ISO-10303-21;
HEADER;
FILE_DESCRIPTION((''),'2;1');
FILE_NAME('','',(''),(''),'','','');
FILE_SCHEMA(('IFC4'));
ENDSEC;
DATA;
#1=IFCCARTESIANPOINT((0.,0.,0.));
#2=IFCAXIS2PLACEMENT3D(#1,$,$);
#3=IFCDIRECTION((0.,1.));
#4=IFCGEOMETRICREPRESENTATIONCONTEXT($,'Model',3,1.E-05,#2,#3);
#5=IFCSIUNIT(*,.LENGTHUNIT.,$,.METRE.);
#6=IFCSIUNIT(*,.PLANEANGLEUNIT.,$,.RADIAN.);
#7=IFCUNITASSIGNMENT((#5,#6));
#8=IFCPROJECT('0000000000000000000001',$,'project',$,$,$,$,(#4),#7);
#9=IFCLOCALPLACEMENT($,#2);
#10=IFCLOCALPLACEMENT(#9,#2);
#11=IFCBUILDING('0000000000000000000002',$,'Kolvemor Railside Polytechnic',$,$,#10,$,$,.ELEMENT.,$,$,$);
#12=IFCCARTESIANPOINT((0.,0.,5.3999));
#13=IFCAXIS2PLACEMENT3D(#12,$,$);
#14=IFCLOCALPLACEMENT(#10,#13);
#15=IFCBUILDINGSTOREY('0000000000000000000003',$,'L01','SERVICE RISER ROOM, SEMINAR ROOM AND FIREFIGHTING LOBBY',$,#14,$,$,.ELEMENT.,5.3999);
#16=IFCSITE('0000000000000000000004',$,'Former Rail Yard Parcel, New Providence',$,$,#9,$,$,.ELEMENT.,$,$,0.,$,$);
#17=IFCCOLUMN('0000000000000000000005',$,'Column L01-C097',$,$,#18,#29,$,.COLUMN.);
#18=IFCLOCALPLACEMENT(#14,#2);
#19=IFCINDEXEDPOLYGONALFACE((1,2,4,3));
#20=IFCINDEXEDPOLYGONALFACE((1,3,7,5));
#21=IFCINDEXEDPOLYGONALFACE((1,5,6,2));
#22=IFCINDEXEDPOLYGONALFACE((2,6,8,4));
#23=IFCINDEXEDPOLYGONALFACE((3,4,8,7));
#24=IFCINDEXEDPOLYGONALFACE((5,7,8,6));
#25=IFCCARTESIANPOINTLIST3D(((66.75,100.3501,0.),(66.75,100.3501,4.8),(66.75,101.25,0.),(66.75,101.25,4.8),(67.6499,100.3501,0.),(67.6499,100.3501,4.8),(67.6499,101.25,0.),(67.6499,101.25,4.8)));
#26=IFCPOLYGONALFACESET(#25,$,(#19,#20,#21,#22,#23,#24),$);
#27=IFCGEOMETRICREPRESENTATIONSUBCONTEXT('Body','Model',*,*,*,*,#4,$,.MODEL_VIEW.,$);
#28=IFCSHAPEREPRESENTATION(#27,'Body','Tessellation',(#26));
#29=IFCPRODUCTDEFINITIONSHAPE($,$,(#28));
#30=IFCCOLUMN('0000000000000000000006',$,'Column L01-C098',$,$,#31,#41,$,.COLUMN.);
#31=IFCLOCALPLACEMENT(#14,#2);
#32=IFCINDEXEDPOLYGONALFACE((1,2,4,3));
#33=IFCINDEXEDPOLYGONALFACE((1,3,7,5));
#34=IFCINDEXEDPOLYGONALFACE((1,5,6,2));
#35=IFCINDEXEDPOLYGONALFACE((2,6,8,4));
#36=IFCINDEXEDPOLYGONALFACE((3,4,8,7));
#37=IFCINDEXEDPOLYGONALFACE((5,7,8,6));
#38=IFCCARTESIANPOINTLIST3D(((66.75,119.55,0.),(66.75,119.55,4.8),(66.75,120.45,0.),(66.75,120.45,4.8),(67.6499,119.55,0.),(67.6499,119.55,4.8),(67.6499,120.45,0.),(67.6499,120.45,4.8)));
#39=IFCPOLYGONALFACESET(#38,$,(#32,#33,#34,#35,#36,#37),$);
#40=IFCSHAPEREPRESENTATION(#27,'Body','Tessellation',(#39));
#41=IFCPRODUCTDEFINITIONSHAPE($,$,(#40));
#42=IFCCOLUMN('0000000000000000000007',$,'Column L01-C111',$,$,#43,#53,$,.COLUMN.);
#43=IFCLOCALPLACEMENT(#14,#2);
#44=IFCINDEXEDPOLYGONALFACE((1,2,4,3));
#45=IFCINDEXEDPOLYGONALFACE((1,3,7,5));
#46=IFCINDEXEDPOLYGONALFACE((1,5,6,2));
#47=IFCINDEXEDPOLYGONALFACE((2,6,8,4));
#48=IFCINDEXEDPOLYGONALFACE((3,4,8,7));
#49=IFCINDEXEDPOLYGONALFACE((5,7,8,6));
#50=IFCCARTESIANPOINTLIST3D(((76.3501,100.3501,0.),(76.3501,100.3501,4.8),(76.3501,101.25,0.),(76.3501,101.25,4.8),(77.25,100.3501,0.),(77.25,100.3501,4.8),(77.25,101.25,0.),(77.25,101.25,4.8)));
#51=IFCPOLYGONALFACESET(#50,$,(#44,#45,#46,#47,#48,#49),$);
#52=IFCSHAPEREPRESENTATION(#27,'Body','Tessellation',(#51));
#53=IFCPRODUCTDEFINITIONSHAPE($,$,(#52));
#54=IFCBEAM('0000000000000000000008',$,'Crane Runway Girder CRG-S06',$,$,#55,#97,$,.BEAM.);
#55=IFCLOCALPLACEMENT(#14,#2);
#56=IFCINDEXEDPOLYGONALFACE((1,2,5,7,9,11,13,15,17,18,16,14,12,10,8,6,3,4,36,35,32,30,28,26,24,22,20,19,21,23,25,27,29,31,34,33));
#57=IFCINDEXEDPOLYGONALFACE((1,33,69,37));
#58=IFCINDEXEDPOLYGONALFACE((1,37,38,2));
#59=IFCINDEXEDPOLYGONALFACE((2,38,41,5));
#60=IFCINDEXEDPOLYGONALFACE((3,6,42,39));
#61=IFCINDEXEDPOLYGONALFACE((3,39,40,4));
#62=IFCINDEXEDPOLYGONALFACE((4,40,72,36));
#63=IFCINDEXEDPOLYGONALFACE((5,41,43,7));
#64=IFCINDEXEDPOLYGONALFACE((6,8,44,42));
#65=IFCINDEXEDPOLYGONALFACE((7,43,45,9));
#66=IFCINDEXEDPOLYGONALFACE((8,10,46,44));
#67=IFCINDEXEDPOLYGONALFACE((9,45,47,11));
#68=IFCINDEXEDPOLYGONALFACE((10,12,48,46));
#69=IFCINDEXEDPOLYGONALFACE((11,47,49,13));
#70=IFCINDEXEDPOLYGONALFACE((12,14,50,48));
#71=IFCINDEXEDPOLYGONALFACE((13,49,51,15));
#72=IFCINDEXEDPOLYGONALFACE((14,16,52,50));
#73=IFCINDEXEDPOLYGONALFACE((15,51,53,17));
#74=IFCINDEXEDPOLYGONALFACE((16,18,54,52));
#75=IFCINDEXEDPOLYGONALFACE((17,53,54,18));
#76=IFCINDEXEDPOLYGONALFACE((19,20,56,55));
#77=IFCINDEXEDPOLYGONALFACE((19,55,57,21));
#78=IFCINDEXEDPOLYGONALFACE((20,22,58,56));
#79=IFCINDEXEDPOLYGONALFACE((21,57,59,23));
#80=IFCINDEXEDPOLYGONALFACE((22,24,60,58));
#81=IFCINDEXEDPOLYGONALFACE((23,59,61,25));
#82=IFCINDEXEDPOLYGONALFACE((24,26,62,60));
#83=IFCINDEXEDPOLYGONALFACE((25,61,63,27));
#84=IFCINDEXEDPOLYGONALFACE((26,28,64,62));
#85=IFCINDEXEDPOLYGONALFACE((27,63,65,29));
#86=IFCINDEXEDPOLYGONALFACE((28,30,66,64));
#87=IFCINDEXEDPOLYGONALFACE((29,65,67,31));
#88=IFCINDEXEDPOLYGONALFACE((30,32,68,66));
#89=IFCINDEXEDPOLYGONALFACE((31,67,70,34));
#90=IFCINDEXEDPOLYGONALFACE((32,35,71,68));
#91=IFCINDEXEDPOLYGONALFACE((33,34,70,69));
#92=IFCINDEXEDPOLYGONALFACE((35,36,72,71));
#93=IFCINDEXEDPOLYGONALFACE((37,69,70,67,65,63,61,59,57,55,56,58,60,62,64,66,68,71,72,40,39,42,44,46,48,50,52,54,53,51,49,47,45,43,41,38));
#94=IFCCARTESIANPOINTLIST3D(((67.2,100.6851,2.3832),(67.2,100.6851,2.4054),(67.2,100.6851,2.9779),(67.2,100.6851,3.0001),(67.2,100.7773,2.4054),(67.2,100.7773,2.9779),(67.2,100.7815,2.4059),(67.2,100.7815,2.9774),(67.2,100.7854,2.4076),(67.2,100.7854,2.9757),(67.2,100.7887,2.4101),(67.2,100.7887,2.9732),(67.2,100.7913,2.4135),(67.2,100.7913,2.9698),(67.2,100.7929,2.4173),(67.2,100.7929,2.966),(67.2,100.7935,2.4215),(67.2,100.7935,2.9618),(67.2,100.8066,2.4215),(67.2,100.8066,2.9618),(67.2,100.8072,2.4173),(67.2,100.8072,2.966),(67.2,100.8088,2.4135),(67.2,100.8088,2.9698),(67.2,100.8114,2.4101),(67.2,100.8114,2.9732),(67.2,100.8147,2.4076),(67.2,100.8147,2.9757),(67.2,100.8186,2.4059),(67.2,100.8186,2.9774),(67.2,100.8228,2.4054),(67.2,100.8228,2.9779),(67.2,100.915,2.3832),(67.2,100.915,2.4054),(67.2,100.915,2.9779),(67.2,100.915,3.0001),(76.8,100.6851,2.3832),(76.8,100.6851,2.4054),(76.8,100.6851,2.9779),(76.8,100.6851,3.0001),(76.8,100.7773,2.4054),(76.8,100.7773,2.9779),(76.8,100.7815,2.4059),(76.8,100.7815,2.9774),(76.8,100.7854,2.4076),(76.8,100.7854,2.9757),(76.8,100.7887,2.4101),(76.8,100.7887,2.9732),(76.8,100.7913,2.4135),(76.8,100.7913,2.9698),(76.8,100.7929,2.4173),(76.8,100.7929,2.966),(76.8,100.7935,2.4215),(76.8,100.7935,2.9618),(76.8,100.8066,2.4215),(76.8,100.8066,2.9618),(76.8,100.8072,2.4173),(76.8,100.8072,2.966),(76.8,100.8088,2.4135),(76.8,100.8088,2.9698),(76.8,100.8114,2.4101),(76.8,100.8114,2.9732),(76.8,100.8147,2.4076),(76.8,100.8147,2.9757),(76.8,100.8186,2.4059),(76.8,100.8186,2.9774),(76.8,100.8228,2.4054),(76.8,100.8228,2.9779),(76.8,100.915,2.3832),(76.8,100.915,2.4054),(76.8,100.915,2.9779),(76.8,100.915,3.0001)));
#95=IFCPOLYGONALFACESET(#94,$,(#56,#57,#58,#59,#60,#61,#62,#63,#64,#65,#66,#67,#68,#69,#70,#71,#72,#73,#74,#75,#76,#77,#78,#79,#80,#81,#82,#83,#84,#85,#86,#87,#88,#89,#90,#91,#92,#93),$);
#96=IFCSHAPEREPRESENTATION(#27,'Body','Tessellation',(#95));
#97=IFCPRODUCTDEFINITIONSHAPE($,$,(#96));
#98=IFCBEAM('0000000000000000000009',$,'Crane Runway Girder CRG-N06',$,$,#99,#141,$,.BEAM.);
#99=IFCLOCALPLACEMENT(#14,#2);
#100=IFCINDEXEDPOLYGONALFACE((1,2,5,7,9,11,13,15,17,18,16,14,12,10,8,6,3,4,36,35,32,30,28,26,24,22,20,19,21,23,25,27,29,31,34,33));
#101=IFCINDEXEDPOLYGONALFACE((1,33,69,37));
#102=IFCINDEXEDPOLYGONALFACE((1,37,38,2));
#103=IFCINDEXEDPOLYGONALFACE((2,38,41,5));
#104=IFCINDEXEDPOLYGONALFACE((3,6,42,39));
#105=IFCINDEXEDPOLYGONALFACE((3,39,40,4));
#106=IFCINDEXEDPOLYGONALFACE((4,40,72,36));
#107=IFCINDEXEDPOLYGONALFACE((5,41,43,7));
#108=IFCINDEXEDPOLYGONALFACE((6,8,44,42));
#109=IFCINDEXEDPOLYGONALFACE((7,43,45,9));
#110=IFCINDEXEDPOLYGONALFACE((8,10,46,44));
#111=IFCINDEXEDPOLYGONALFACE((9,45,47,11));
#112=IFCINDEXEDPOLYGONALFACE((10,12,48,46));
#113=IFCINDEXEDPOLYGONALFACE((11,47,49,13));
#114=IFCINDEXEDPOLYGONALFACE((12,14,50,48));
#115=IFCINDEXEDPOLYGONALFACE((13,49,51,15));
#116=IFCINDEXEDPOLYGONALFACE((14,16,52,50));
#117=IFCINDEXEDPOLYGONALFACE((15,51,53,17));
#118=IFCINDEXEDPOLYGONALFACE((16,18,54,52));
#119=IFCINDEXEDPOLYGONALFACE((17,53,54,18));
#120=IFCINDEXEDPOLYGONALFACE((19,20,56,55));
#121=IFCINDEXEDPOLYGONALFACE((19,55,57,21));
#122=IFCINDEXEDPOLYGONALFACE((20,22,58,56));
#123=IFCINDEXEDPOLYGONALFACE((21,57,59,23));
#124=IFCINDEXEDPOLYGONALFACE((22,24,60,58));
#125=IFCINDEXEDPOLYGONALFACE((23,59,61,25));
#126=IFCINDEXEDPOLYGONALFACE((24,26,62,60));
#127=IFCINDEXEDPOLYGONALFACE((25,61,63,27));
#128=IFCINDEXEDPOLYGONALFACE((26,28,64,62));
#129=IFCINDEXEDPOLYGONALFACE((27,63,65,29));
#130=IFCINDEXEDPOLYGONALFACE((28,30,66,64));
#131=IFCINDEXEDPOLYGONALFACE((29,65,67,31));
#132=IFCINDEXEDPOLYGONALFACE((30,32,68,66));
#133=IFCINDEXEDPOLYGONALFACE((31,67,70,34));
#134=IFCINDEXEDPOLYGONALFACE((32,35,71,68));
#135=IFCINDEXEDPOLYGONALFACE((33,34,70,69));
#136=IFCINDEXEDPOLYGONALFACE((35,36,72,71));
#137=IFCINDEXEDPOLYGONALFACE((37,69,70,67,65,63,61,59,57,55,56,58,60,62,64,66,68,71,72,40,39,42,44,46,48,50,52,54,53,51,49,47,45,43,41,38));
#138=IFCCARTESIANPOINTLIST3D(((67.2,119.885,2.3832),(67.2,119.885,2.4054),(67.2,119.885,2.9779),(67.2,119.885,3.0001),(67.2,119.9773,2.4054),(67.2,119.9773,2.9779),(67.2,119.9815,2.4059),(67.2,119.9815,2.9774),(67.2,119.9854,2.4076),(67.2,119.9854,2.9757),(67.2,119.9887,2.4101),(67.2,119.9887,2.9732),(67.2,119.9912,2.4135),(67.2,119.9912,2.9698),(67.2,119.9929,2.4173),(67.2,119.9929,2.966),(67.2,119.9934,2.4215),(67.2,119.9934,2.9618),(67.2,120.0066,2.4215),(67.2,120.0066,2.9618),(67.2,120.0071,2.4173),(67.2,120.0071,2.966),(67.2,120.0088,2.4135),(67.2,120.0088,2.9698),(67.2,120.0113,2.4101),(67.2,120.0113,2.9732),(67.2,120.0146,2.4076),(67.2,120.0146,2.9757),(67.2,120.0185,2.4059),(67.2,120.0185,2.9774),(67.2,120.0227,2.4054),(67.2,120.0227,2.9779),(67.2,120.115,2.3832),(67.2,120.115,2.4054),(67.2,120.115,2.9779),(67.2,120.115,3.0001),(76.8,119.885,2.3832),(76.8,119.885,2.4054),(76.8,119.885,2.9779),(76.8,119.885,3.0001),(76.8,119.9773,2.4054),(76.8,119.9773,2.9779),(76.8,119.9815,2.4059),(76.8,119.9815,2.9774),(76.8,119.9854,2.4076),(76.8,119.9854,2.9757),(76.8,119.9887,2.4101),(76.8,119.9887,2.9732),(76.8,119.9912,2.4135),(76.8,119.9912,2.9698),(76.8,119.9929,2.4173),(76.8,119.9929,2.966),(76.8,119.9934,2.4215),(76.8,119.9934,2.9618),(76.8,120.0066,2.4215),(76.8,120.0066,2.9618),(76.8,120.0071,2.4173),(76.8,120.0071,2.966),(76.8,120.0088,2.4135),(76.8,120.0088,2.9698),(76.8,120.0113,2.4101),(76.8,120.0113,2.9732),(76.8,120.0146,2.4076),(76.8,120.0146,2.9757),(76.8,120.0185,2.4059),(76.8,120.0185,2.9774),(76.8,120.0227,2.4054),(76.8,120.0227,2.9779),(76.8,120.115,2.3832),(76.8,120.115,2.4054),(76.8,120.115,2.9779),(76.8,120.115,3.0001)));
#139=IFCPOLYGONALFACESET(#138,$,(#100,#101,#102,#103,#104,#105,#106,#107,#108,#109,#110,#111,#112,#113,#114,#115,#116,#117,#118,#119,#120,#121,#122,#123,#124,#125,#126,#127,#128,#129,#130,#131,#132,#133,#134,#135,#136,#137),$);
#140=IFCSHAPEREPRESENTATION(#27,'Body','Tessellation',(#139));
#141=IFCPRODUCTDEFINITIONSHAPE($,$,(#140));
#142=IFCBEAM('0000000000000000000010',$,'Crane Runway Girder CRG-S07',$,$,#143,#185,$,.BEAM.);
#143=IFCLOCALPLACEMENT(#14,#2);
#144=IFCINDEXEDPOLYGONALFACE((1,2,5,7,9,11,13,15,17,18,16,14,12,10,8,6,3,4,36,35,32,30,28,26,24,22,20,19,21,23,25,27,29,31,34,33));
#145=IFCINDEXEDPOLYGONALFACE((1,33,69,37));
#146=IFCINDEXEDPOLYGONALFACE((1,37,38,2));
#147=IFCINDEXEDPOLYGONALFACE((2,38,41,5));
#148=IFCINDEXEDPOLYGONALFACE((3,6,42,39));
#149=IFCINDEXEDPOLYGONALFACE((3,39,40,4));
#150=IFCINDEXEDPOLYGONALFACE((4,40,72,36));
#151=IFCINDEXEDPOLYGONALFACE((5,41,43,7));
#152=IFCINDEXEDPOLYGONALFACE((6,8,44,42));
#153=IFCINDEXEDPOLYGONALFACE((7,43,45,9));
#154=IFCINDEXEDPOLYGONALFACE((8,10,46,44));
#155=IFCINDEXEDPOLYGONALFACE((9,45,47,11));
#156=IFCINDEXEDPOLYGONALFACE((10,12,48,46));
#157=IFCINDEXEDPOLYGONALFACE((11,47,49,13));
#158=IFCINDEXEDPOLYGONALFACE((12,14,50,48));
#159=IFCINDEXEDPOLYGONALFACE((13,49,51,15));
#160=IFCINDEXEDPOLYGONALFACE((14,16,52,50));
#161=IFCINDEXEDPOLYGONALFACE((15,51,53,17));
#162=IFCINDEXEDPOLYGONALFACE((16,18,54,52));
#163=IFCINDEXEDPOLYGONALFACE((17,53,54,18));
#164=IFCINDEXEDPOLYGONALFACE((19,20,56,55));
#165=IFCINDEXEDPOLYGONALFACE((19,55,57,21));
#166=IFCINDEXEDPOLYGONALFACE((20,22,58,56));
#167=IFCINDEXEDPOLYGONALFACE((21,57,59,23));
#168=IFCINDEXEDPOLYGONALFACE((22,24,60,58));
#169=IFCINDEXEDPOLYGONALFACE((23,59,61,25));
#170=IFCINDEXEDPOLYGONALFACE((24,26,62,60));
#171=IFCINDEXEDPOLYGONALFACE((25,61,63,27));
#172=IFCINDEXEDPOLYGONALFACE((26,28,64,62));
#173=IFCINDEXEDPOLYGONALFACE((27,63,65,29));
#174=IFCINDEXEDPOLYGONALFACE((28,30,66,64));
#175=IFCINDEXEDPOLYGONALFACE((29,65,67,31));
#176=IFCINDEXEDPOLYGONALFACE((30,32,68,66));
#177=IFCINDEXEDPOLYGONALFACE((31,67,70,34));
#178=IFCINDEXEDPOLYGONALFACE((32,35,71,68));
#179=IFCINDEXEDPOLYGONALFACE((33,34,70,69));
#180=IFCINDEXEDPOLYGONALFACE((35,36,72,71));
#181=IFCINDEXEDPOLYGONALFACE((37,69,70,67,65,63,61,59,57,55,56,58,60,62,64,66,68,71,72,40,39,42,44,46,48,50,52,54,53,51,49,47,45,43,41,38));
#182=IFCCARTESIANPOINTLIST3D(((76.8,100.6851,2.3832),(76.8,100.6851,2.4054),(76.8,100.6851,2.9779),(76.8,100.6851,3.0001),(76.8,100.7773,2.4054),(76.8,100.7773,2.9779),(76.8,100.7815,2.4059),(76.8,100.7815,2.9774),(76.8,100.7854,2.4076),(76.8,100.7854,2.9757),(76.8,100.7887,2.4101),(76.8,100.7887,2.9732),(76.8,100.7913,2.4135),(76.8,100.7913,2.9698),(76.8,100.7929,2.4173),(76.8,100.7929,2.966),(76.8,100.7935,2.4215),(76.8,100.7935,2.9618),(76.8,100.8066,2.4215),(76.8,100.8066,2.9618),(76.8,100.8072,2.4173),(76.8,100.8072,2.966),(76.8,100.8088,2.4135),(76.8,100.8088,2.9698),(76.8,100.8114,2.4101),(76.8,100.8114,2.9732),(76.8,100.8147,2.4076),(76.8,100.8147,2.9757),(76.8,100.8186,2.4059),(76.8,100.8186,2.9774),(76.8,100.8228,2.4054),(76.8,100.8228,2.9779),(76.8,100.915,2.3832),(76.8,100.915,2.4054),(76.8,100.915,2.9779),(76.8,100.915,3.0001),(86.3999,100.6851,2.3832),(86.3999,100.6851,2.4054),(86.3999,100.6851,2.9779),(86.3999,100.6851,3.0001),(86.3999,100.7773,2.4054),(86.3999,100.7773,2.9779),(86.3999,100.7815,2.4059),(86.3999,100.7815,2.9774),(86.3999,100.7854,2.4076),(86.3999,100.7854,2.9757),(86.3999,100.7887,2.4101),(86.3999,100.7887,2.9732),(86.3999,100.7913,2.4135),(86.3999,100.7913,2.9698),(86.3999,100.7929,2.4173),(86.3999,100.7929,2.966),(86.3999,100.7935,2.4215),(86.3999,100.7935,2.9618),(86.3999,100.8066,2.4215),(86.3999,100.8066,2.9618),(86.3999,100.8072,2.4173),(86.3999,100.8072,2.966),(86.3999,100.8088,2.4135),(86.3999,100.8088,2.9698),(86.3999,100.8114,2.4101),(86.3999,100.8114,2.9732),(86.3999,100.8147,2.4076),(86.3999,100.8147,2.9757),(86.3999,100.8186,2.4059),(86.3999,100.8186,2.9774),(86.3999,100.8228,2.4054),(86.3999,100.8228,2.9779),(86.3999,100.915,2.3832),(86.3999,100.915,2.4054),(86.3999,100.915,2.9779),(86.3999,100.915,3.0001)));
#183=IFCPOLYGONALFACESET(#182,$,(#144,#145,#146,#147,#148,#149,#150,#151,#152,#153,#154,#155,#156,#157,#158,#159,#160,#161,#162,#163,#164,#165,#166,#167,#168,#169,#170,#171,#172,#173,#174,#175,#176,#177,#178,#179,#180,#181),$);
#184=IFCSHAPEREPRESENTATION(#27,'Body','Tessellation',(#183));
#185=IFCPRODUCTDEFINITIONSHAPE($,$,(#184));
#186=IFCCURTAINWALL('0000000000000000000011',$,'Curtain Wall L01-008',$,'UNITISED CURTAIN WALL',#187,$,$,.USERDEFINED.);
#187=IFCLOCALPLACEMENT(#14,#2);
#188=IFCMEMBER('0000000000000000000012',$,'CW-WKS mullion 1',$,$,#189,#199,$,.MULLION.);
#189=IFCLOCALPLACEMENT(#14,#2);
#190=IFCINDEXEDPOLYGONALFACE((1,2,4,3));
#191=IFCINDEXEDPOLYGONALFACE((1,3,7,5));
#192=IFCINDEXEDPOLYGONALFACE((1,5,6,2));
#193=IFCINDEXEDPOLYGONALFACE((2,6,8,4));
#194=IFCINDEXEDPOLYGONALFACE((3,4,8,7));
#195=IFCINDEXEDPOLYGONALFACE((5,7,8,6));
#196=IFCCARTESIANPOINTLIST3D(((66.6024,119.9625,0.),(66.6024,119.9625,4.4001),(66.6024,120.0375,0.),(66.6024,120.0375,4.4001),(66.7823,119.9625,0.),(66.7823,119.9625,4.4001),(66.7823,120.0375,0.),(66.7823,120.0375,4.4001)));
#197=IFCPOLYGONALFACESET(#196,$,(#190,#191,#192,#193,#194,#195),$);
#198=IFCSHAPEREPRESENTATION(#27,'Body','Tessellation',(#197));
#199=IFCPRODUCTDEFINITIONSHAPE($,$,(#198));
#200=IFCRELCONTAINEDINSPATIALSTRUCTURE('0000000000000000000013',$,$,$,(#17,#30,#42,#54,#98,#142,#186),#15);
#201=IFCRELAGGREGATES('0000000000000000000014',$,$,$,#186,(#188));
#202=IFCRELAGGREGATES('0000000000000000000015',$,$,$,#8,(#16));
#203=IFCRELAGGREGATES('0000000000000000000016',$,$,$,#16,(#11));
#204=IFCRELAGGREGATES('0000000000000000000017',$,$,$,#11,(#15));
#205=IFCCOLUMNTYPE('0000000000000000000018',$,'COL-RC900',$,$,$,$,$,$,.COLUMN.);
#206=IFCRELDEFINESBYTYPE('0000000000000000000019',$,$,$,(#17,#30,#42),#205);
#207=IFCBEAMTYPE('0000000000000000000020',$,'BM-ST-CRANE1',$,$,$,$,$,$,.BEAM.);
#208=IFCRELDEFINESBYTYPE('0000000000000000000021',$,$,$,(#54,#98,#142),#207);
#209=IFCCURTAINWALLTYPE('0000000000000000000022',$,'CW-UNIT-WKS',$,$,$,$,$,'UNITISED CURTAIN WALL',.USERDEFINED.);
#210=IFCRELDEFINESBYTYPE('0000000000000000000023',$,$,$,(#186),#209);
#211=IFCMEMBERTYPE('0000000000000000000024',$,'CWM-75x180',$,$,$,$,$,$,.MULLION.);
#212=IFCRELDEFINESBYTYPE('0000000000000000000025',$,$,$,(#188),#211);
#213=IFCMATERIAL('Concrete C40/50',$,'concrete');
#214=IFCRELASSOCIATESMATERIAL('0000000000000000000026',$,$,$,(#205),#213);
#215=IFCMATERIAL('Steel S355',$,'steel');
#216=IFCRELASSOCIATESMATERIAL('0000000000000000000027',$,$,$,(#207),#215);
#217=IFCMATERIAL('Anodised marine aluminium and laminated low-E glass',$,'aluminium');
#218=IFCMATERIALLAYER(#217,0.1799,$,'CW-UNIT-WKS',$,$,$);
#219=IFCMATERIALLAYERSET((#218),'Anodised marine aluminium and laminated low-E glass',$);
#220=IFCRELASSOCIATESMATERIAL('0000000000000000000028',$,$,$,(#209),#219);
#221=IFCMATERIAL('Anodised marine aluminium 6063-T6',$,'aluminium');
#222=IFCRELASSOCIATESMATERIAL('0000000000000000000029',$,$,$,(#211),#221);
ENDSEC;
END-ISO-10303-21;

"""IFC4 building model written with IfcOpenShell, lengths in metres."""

from ifc_helpers import new_model, si_unit, direction, frame, origin, origin_2d, place, context, subcontext, project, spatial, rectangle, i_section, extrude, material, layer, layer_set, material_profile, profile_set, type_object, element, aggregate, save


model = new_model("IFC4")

# Units and contexts
model_context = context("Model", 3, precision=1e-05, world=origin(), true_north=direction((0.0, 1.0)))
body_context = subcontext(model_context, "Body", "Model", "MODEL_VIEW")
ifc_project = project(units=[si_unit("LENGTHUNIT", "METRE"), si_unit("PLANEANGLEUNIT", "RADIAN")], contexts=[model_context])

# Site, building, storey
site_placement = place(None, origin())
site = spatial("IfcSite", under=ifc_project, at=site_placement, Name="Former Rail Yard Parcel, New Providence", CompositionType="ELEMENT", RefElevation=0.0)
building_placement = place(site_placement, origin())
building = spatial("IfcBuilding", under=site, at=building_placement, Name="Kolvemor Railside Polytechnic", CompositionType="ELEMENT")
storey_placement = place(building_placement, frame((0.0, 0.0, 5.3999)))
storey = spatial("IfcBuildingStorey", under=building, at=storey_placement, Name="L01", Description="SERVICE RISER ROOM, SEMINAR ROOM AND FIREFIGHTING LOBBY", CompositionType="ELEMENT", Elevation=5.3999)

# Columns
ifc_material_1 = material(Name="Concrete C40/50", Category="concrete")
ifc_material_profile_1 = material_profile(ifc_material_1, rectangle(XDim=0.8999, YDim=0.8999, at=origin_2d()), Name="RC900x900")
ifc_profile_set_1 = profile_set([ifc_material_profile_1], Name="Concrete C40/50")
column_type = type_object("IfcColumnType", Name="COL-RC900", PredefinedType="COLUMN", material=ifc_profile_set_1)
for number, where, z_axis, x_axis, name in (
    (1, (67.2, 100.8, 0.0), (0.0, 0.0, 1.0), (1.0, 0.0, 0.0), "Column L01-C097"),
    (2, (67.2, 120.0, 0.0), (0.0, 0.0, 1.0), (1.0, 0.0, 0.0), "Column L01-C098"),
    (3, (76.8, 100.8, 0.0), (0.0, 0.0, 1.0), (1.0, 0.0, 0.0), "Column L01-C111"),
):
    element("IfcColumn", number, at=place(storey_placement, frame(where, z_axis=z_axis, x_axis=x_axis)), inside=storey, type_object=column_type, Name=name, PredefinedType="COLUMN", context=body_context, shape_type="SweptSolid", body=[
        extrude(rectangle(XDim=0.8999, YDim=0.8999, at=origin_2d()), origin(), (0.0, 0.0, 1.0), 4.8),
    ])

# Beams
ifc_material_2 = material(Name="Steel S355", Category="steel")
ifc_material_profile_2 = material_profile(ifc_material_2, i_section(OverallWidth=0.23, OverallDepth=0.6169, WebThickness=0.0132, FlangeThickness=0.0222, FilletRadius=0.0161, at=origin_2d()), Name="W610x140")
ifc_profile_set_2 = profile_set([ifc_material_profile_2], Name="Steel S355")
beam_type = type_object("IfcBeamType", Name="BM-ST-CRANE1", PredefinedType="BEAM", material=ifc_profile_set_2)
for number, where, z_axis, x_axis, name in (
    (4, (67.2, 100.8, 2.6917), (1.0, 0.0, 0.0), (0.0, 1.0, 0.0), "Crane Runway Girder CRG-S06"),
    (5, (67.2, 120.0, 2.6917), (1.0, 0.0, 0.0), (0.0, 1.0, 0.0), "Crane Runway Girder CRG-N06"),
):
    element("IfcBeam", number, at=place(storey_placement, frame(where, z_axis=z_axis, x_axis=x_axis)), inside=storey, type_object=beam_type, Name=name, PredefinedType="BEAM", context=body_context, shape_type="SweptSolid", body=[
        extrude(i_section(OverallWidth=0.23, OverallDepth=0.6169, WebThickness=0.0132, FlangeThickness=0.0222, FilletRadius=0.0161, at=origin_2d()), origin(), (0.0, 0.0, 1.0), 9.6001),
    ])
beam_placement = place(storey_placement, frame((76.8, 100.8, 2.6917), z_axis=(1.0, 0.0, 0.0), x_axis=(0.0, 1.0, 0.0)))
element("IfcBeam", 6, at=beam_placement, inside=storey, type_object=beam_type, Name="Crane Runway Girder CRG-S07", PredefinedType="BEAM", context=body_context, shape_type="SweptSolid", body=[
    extrude(i_section(OverallWidth=0.23, OverallDepth=0.6169, WebThickness=0.0132, FlangeThickness=0.0222, FilletRadius=0.0161, at=origin_2d()), origin(), (0.0, 0.0, 1.0), 9.5999),
])

# Curtain wall, member
ifc_material_3 = material(Name="Anodised marine aluminium and laminated low-E glass", Category="aluminium")
ifc_layer_1 = layer(ifc_material_3, 0.1799, Name="CW-UNIT-WKS")
ifc_layer_set_1 = layer_set([ifc_layer_1], Name="Anodised marine aluminium and laminated low-E glass")
curtain_wall_type = type_object("IfcCurtainWallType", Name="CW-UNIT-WKS", ElementType="UNITISED CURTAIN WALL", PredefinedType="USERDEFINED", material=ifc_layer_set_1)
curtain_wall_1_placement = place(storey_placement, origin())
curtain_wall_1 = element("IfcCurtainWall", 7, at=curtain_wall_1_placement, inside=storey, type_object=curtain_wall_type, Name="Curtain Wall L01-008", ObjectType="UNITISED CURTAIN WALL", PredefinedType="USERDEFINED")
ifc_material_4 = material(Name="Anodised marine aluminium 6063-T6", Category="aluminium")
ifc_material_profile_3 = material_profile(ifc_material_4, rectangle(XDim=0.075, YDim=0.1799, at=origin_2d()), Name="CW-MUL-75x180")
ifc_profile_set_3 = profile_set([ifc_material_profile_3], Name="Anodised marine aluminium 6063-T6")
member_type_1 = type_object("IfcMemberType", Name="CWM-75x180", PredefinedType="MULLION", material=ifc_profile_set_3)
member_1_placement = place(storey_placement, frame((66.6924, 120.0, 0.0), z_axis=(0.0, 0.0, 1.0), x_axis=(0.0, -1.0, 0.0)))
member_1 = element("IfcMember", 8, at=member_1_placement, type_object=member_type_1, Name="CW-WKS mullion 1", PredefinedType="MULLION", context=body_context, shape_type="SweptSolid", body=[
    extrude(rectangle(XDim=0.075, YDim=0.1799, at=origin_2d()), origin(), (0.0, 0.0, 1.0), 4.4001),
])

aggregate(curtain_wall_1, [member_1])

save(model, "model.ifc")
